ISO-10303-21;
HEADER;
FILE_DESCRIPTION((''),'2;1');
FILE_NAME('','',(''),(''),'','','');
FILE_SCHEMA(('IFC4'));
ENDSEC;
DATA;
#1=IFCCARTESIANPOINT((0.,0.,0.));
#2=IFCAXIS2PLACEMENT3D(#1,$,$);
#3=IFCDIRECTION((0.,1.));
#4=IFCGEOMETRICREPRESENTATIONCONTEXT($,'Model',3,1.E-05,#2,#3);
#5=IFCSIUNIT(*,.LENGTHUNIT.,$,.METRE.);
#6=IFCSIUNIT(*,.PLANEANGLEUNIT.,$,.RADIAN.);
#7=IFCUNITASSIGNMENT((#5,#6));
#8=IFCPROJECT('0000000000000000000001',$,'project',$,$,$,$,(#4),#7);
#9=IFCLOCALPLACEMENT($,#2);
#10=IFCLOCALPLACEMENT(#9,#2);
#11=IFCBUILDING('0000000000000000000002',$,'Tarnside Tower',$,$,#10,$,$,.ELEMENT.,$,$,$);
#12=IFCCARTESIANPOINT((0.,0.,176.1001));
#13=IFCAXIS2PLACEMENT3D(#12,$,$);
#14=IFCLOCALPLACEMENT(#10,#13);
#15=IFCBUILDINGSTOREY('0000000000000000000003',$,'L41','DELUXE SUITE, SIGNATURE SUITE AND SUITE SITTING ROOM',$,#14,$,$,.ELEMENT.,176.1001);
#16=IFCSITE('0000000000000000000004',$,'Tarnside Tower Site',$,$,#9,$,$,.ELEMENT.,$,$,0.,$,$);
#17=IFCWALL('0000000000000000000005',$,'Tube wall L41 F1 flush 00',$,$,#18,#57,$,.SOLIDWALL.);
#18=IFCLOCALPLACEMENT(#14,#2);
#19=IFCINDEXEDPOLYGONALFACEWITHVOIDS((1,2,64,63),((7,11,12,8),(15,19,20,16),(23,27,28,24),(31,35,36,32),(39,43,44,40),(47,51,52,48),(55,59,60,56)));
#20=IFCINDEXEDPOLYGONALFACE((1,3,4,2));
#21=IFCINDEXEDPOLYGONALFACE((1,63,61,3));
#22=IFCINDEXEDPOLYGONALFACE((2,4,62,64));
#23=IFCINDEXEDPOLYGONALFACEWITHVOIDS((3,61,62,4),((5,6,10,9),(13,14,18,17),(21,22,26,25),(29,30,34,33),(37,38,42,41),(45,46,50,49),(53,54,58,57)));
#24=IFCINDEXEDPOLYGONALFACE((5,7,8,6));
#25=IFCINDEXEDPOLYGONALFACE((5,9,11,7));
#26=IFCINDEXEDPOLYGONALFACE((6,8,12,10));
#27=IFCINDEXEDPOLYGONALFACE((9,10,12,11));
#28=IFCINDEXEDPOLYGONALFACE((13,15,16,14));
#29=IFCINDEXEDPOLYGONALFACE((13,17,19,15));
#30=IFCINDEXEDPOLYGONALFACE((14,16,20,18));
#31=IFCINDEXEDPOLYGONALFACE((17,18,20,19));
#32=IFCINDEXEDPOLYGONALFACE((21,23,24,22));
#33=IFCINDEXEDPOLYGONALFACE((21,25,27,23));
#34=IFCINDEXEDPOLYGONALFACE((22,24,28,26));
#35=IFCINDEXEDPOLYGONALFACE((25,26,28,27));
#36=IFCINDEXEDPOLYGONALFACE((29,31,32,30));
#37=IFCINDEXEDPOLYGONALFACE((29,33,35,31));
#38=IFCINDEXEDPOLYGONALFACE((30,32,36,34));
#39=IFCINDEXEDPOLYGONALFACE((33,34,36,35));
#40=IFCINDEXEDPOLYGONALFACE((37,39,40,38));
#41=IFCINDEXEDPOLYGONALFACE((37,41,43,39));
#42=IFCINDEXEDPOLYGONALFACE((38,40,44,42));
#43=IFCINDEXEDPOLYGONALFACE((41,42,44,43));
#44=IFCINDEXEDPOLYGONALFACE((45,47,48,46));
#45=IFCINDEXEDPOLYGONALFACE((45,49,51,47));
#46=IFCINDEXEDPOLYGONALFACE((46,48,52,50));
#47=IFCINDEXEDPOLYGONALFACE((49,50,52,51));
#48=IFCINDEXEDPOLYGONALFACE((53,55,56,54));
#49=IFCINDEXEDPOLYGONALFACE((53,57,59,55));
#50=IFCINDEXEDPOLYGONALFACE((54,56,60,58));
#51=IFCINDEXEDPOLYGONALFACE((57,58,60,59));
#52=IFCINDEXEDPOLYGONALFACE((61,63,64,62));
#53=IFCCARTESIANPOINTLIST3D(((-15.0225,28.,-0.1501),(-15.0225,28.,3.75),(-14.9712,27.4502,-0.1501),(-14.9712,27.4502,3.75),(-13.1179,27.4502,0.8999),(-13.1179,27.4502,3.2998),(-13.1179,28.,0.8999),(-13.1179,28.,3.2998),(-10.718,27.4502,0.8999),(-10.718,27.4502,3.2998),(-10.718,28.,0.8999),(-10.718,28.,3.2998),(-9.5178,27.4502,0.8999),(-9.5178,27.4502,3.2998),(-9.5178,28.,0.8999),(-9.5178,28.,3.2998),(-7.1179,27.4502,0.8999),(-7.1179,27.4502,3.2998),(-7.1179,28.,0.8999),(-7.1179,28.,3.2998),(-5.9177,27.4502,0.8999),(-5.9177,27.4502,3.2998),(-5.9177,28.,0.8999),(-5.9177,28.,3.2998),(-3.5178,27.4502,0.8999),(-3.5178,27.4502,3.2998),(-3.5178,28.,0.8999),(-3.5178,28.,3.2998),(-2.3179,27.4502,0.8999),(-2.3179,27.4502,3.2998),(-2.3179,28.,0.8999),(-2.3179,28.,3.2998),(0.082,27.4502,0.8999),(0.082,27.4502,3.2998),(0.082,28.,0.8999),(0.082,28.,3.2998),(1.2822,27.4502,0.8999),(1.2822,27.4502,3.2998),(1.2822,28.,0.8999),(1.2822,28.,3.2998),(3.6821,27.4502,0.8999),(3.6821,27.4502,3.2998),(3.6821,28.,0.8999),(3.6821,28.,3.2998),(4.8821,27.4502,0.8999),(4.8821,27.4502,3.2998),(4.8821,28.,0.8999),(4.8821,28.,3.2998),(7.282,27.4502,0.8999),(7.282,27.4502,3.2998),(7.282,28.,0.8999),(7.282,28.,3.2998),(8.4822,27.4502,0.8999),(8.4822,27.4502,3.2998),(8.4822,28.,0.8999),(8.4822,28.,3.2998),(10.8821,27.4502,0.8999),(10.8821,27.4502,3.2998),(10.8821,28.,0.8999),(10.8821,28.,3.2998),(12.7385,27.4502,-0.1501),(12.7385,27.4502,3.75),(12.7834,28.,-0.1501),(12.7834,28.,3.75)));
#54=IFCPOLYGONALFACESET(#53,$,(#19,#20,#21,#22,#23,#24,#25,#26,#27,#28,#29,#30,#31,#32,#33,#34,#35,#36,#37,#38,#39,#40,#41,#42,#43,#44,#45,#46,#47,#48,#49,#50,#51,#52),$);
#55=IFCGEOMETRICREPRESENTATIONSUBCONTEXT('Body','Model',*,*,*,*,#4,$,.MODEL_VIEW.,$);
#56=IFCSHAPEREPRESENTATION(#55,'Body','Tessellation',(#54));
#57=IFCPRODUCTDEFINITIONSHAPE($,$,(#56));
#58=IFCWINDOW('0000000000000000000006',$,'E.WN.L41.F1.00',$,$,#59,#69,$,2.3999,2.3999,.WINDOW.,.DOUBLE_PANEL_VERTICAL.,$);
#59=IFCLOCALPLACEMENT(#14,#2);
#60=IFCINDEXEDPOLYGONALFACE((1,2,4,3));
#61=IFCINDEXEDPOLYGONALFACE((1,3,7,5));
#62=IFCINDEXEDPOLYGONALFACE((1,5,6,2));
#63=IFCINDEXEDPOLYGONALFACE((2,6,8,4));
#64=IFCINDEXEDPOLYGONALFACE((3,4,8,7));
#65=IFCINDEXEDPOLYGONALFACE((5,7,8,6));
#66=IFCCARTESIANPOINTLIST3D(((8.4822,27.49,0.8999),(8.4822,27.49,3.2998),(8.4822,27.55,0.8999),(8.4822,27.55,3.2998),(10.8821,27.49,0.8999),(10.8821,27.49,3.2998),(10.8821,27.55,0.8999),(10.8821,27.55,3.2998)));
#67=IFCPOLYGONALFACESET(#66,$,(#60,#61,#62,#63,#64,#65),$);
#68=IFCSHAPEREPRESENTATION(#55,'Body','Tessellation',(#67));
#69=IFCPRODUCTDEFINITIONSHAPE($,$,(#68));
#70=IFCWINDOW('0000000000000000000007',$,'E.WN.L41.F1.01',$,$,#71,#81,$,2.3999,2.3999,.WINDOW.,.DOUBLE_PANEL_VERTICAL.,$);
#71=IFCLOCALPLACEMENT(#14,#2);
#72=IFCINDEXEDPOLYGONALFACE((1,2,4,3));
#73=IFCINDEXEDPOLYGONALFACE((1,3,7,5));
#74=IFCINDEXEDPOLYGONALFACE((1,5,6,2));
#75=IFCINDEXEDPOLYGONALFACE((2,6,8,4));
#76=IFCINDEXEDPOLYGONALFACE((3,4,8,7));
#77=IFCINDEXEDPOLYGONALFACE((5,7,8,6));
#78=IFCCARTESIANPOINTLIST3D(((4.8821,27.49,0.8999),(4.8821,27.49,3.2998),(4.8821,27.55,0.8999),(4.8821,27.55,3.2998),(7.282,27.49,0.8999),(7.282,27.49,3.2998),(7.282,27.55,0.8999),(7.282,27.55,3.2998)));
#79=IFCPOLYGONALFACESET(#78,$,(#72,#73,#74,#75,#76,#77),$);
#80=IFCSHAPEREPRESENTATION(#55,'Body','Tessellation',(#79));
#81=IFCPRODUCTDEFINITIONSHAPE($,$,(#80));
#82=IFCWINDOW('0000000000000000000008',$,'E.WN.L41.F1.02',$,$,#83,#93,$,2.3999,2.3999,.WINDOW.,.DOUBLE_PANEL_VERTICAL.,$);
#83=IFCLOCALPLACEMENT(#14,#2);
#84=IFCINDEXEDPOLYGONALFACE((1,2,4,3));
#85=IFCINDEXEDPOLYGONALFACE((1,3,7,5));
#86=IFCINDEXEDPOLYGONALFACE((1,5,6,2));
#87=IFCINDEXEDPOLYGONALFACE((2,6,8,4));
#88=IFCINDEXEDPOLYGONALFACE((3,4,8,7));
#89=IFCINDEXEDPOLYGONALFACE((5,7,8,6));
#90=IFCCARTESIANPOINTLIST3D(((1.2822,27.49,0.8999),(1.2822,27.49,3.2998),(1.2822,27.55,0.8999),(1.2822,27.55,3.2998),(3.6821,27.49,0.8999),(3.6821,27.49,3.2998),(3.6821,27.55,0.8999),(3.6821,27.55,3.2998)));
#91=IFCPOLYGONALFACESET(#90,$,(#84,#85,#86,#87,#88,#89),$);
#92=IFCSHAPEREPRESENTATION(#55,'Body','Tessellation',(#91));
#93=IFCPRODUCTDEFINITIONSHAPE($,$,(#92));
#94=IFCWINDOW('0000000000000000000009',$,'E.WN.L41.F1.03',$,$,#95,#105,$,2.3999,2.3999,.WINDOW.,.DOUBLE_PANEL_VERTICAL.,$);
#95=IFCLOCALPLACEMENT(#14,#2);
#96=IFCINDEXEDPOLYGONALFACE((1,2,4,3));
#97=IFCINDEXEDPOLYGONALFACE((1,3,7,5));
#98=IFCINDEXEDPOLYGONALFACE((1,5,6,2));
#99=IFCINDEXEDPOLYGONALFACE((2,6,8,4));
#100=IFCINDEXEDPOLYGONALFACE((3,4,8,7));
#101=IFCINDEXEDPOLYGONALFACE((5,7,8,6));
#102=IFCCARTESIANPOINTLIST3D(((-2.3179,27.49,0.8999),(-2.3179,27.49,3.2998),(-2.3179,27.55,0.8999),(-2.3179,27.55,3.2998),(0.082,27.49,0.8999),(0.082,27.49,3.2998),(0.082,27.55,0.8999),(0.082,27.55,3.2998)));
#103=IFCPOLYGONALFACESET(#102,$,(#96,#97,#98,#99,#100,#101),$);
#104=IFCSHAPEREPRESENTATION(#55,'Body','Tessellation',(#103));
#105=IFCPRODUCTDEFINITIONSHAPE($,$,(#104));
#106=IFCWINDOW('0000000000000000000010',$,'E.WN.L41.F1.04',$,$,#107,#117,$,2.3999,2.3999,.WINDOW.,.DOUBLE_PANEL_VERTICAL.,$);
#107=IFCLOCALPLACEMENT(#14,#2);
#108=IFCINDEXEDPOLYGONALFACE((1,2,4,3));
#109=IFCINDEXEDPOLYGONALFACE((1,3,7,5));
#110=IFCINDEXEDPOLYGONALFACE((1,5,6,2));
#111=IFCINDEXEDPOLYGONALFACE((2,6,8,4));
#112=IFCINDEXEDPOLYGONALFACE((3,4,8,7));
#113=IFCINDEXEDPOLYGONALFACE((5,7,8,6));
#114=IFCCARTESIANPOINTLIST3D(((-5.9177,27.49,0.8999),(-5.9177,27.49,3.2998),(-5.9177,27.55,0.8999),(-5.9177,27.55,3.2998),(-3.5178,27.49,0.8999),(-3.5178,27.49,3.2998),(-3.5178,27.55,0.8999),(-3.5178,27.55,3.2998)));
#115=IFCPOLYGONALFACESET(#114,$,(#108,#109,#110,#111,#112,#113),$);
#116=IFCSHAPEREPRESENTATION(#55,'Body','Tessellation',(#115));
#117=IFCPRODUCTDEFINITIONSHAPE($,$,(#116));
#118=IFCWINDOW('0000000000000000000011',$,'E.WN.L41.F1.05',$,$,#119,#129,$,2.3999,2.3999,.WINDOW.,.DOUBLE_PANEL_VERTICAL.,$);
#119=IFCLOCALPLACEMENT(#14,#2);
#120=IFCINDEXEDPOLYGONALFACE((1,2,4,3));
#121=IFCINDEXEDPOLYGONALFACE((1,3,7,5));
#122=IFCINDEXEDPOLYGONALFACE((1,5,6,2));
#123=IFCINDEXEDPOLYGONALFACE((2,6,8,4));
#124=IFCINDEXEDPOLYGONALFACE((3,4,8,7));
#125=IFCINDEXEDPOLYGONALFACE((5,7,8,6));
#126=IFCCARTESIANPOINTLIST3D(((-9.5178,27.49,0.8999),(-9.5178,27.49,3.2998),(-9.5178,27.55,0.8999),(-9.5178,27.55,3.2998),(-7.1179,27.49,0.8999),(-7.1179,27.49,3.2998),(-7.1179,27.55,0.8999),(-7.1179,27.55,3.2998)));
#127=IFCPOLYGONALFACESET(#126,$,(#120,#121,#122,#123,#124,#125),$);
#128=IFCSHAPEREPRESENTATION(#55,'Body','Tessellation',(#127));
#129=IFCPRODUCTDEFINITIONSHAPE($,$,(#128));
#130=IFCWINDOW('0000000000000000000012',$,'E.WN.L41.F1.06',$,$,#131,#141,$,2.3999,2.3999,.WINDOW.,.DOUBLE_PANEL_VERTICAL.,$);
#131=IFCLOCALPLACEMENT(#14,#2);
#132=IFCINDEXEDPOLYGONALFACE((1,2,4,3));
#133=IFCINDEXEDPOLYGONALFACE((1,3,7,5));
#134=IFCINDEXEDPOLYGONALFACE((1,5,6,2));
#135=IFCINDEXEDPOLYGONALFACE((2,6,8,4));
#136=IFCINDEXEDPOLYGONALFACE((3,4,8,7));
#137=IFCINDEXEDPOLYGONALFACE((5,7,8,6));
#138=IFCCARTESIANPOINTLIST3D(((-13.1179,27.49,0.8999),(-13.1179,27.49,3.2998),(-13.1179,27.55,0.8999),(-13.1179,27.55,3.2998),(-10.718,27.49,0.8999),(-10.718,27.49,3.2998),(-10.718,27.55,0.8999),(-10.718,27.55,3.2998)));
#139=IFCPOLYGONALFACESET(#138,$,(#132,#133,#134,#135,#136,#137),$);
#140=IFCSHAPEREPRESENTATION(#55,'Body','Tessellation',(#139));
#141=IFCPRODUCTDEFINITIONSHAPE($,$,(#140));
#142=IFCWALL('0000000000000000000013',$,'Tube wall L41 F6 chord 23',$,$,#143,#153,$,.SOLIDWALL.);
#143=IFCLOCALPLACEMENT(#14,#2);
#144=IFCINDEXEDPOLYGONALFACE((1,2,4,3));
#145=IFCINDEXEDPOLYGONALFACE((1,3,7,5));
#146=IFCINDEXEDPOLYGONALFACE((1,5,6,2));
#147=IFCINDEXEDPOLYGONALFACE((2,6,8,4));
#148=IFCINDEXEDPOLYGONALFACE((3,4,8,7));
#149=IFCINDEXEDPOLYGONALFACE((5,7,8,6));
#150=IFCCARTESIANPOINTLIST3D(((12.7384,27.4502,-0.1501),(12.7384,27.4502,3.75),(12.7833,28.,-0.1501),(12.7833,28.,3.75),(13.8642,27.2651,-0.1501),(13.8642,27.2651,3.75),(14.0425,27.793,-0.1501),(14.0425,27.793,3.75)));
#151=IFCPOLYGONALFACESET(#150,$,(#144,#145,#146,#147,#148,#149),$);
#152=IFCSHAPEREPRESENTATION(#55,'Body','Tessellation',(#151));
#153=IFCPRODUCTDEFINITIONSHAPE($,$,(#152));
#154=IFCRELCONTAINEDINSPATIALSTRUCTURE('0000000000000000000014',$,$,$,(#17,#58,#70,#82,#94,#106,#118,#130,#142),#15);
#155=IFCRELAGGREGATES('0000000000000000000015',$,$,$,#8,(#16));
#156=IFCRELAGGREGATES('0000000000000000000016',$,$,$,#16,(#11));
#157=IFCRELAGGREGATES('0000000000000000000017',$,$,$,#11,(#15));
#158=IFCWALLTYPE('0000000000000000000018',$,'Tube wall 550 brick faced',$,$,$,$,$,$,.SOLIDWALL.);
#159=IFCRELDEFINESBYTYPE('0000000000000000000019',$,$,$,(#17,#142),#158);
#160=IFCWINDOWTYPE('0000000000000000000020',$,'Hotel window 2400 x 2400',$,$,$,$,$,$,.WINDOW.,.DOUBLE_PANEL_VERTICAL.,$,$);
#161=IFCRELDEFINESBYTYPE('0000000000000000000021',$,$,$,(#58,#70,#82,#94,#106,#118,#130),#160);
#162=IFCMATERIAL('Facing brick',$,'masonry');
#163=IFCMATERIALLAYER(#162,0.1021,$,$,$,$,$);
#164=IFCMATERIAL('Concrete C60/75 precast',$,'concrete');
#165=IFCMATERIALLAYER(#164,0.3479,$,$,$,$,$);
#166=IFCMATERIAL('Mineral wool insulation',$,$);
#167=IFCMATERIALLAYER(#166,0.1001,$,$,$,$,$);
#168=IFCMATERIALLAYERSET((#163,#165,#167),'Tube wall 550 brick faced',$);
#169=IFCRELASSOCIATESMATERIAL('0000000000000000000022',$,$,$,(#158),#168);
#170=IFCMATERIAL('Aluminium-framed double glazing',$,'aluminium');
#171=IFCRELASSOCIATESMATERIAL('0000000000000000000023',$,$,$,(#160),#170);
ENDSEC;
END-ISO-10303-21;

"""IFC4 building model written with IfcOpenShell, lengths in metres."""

from ifc_helpers import new_model, si_unit, direction, frame, frame_2d, origin, place, context, subcontext, project, spatial, polyline, rectangle, outline, extrude, material, layer, layer_set, type_object, element, fill, save


model = new_model("IFC4")

# Units and contexts
model_context = context("Model", 3, precision=1e-05, world=origin(), true_north=direction((0.0, 1.0)))
body_context = subcontext(model_context, "Body", "Model", "MODEL_VIEW")
ifc_project = project(units=[si_unit("LENGTHUNIT", "METRE"), si_unit("PLANEANGLEUNIT", "RADIAN")], contexts=[model_context])

# Site, building, storey
site_placement = place(None, origin())
site = spatial("IfcSite", under=ifc_project, at=site_placement, Name="Tarnside Tower Site", CompositionType="ELEMENT", RefElevation=0.0)
building_placement = place(site_placement, origin())
building = spatial("IfcBuilding", under=site, at=building_placement, Name="Tarnside Tower", CompositionType="ELEMENT")
storey_placement = place(building_placement, frame((0.0, 0.0, 176.1001)))
storey = spatial("IfcBuildingStorey", under=building, at=storey_placement, Name="L41", Description="DELUXE SUITE, SIGNATURE SUITE AND SUITE SITTING ROOM", CompositionType="ELEMENT", Elevation=176.1001)

# Wall, openings, windows
ifc_material_1 = material(Name="Facing brick", Category="masonry")
ifc_layer_1 = layer(ifc_material_1, 0.1021)
ifc_material_2 = material(Name="Concrete C60/75 precast", Category="concrete")
ifc_layer_2 = layer(ifc_material_2, 0.3479)
ifc_material_3 = material(Name="Mineral wool insulation")
ifc_layer_3 = layer(ifc_material_3, 0.1001)
ifc_layer_set_1 = layer_set([ifc_layer_1, ifc_layer_2, ifc_layer_3], Name="Tube wall 550 brick faced")
wall_type_1 = type_object("IfcWallType", Name="Tube wall 550 brick faced", PredefinedType="SOLIDWALL", material=ifc_layer_set_1)
wall_1_placement = place(storey_placement, frame((12.761, 27.7251, -0.1501), z_axis=(0.0, 0.0, 1.0), x_axis=(-1.0, 0.0, 0.0)))
wall_1 = element("IfcWall", 1, at=wall_1_placement, inside=storey, type_object=wall_type_1, Name="Tube wall L41 F1 flush 00", PredefinedType="SOLIDWALL", context=body_context, shape_type="SweptSolid", body=[
    extrude(outline(polyline([(-0.0225, -0.2749), (27.7834, -0.2749), (27.7322, 0.2749), (0.0225, 0.2749), (-0.0225, -0.2749)])), origin(), (0.0, 0.0, 1.0), 3.9001),
])
opening_1_placement = place(wall_1_placement, frame((1.8789, 0.0, 1.05)))
opening_1 = element("IfcOpeningElement", 2, at=opening_1_placement, cuts=wall_1, PredefinedType="OPENING", context=body_context, shape_type="SweptSolid", body=[
    extrude(rectangle(XDim=2.3999, YDim=2.3999, at=frame_2d((1.2, 1.2))), frame((0.0, 0.2852, 0.0), z_axis=(0.0, -1.0, 0.0), x_axis=(1.0, 0.0, 0.0)), (0.0, 0.0, 1.0), 0.5701),
])
opening_2_placement = place(wall_1_placement, frame((5.479, 0.0, 1.05)))
opening_2 = element("IfcOpeningElement", 3, at=opening_2_placement, cuts=wall_1, PredefinedType="OPENING", context=body_context, shape_type="SweptSolid", body=[
    extrude(rectangle(XDim=2.3999, YDim=2.3999, at=frame_2d((1.2, 1.2))), frame((0.0, 0.2852, 0.0), z_axis=(0.0, -1.0, 0.0), x_axis=(1.0, 0.0, 0.0)), (0.0, 0.0, 1.0), 0.5701),
])
opening_3_placement = place(wall_1_placement, frame((9.0789, 0.0, 1.05)))
opening_3 = element("IfcOpeningElement", 4, at=opening_3_placement, cuts=wall_1, PredefinedType="OPENING", context=body_context, shape_type="SweptSolid", body=[
    extrude(rectangle(XDim=2.3999, YDim=2.3999, at=frame_2d((1.2, 1.2))), frame((0.0, 0.2852, 0.0), z_axis=(0.0, -1.0, 0.0), x_axis=(1.0, 0.0, 0.0)), (0.0, 0.0, 1.0), 0.5701),
])
opening_4_placement = place(wall_1_placement, frame((12.679, 0.0, 1.05)))
opening_4 = element("IfcOpeningElement", 5, at=opening_4_placement, cuts=wall_1, PredefinedType="OPENING", context=body_context, shape_type="SweptSolid", body=[
    extrude(rectangle(XDim=2.3999, YDim=2.3999, at=frame_2d((1.2, 1.2))), frame((0.0, 0.2852, 0.0), z_axis=(0.0, -1.0, 0.0), x_axis=(1.0, 0.0, 0.0)), (0.0, 0.0, 1.0), 0.5701),
])
opening_5_placement = place(wall_1_placement, frame((16.2788, 0.0, 1.05)))
opening_5 = element("IfcOpeningElement", 6, at=opening_5_placement, cuts=wall_1, PredefinedType="OPENING", context=body_context, shape_type="SweptSolid", body=[
    extrude(rectangle(XDim=2.3999, YDim=2.3999, at=frame_2d((1.2, 1.2))), frame((0.0, 0.2852, 0.0), z_axis=(0.0, -1.0, 0.0), x_axis=(1.0, 0.0, 0.0)), (0.0, 0.0, 1.0), 0.5701),
])
opening_6_placement = place(wall_1_placement, frame((19.8789, 0.0, 1.05)))
opening_6 = element("IfcOpeningElement", 7, at=opening_6_placement, cuts=wall_1, PredefinedType="OPENING", context=body_context, shape_type="SweptSolid", body=[
    extrude(rectangle(XDim=2.3999, YDim=2.3999, at=frame_2d((1.2, 1.2))), frame((0.0, 0.2852, 0.0), z_axis=(0.0, -1.0, 0.0), x_axis=(1.0, 0.0, 0.0)), (0.0, 0.0, 1.0), 0.5701),
])
opening_7_placement = place(wall_1_placement, frame((23.479, 0.0, 1.05)))
opening_7 = element("IfcOpeningElement", 8, at=opening_7_placement, cuts=wall_1, PredefinedType="OPENING", context=body_context, shape_type="SweptSolid", body=[
    extrude(rectangle(XDim=2.3999, YDim=2.3999, at=frame_2d((1.2, 1.2))), frame((0.0, 0.2852, 0.0), z_axis=(0.0, -1.0, 0.0), x_axis=(1.0, 0.0, 0.0)), (0.0, 0.0, 1.0), 0.5701),
])
ifc_material_4 = material(Name="Aluminium-framed double glazing", Category="aluminium")
window_type = type_object("IfcWindowType", Name="Hotel window 2400 x 2400", PartitioningType="DOUBLE_PANEL_VERTICAL", PredefinedType="WINDOW", material=ifc_material_4)
window_1_placement = place(opening_1_placement, frame((0.0, 0.2051, 0.0)))
window_1 = element("IfcWindow", 9, at=window_1_placement, inside=storey, type_object=window_type, Name="E.WN.L41.F1.00", OverallHeight=2.3999, OverallWidth=2.3999, PartitioningType="DOUBLE_PANEL_VERTICAL", PredefinedType="WINDOW", context=body_context, shape_type="SweptSolid", body=[
    extrude(rectangle(XDim=2.3999, YDim=2.3999, at=frame_2d((1.2, 1.2))), frame((0.0, 0.03, 0.0), z_axis=(0.0, -1.0, 0.0), x_axis=(1.0, 0.0, 0.0)), (0.0, 0.0, 1.0), 0.0601),
])
fill(opening_1, window_1)
window_2_placement = place(opening_2_placement, frame((0.0, 0.2051, 0.0)))
window_2 = element("IfcWindow", 10, at=window_2_placement, inside=storey, type_object=window_type, Name="E.WN.L41.F1.01", OverallHeight=2.3999, OverallWidth=2.3999, PartitioningType="DOUBLE_PANEL_VERTICAL", PredefinedType="WINDOW", context=body_context, shape_type="SweptSolid", body=[
    extrude(rectangle(XDim=2.3999, YDim=2.3999, at=frame_2d((1.2, 1.2))), frame((0.0, 0.03, 0.0), z_axis=(0.0, -1.0, 0.0), x_axis=(1.0, 0.0, 0.0)), (0.0, 0.0, 1.0), 0.0601),
])
fill(opening_2, window_2)
window_3_placement = place(opening_3_placement, frame((0.0, 0.2051, 0.0)))
window_3 = element("IfcWindow", 11, at=window_3_placement, inside=storey, type_object=window_type, Name="E.WN.L41.F1.02", OverallHeight=2.3999, OverallWidth=2.3999, PartitioningType="DOUBLE_PANEL_VERTICAL", PredefinedType="WINDOW", context=body_context, shape_type="SweptSolid", body=[
    extrude(rectangle(XDim=2.3999, YDim=2.3999, at=frame_2d((1.2, 1.2))), frame((0.0, 0.03, 0.0), z_axis=(0.0, -1.0, 0.0), x_axis=(1.0, 0.0, 0.0)), (0.0, 0.0, 1.0), 0.0601),
])
fill(opening_3, window_3)
window_4_placement = place(opening_4_placement, frame((0.0, 0.2051, 0.0)))
window_4 = element("IfcWindow", 12, at=window_4_placement, inside=storey, type_object=window_type, Name="E.WN.L41.F1.03", OverallHeight=2.3999, OverallWidth=2.3999, PartitioningType="DOUBLE_PANEL_VERTICAL", PredefinedType="WINDOW", context=body_context, shape_type="SweptSolid", body=[
    extrude(rectangle(XDim=2.3999, YDim=2.3999, at=frame_2d((1.2, 1.2))), frame((0.0, 0.03, 0.0), z_axis=(0.0, -1.0, 0.0), x_axis=(1.0, 0.0, 0.0)), (0.0, 0.0, 1.0), 0.0601),
])
fill(opening_4, window_4)
window_5_placement = place(opening_5_placement, frame((0.0, 0.2051, 0.0)))
window_5 = element("IfcWindow", 13, at=window_5_placement, inside=storey, type_object=window_type, Name="E.WN.L41.F1.04", OverallHeight=2.3999, OverallWidth=2.3999, PartitioningType="DOUBLE_PANEL_VERTICAL", PredefinedType="WINDOW", context=body_context, shape_type="SweptSolid", body=[
    extrude(rectangle(XDim=2.3999, YDim=2.3999, at=frame_2d((1.2, 1.2))), frame((0.0, 0.03, 0.0), z_axis=(0.0, -1.0, 0.0), x_axis=(1.0, 0.0, 0.0)), (0.0, 0.0, 1.0), 0.0601),
])
fill(opening_5, window_5)
window_6_placement = place(opening_6_placement, frame((0.0, 0.2051, 0.0)))
window_6 = element("IfcWindow", 14, at=window_6_placement, inside=storey, type_object=window_type, Name="E.WN.L41.F1.05", OverallHeight=2.3999, OverallWidth=2.3999, PartitioningType="DOUBLE_PANEL_VERTICAL", PredefinedType="WINDOW", context=body_context, shape_type="SweptSolid", body=[
    extrude(rectangle(XDim=2.3999, YDim=2.3999, at=frame_2d((1.2, 1.2))), frame((0.0, 0.03, 0.0), z_axis=(0.0, -1.0, 0.0), x_axis=(1.0, 0.0, 0.0)), (0.0, 0.0, 1.0), 0.0601),
])
fill(opening_6, window_6)
window_7_placement = place(opening_7_placement, frame((0.0, 0.2051, 0.0)))
window_7 = element("IfcWindow", 15, at=window_7_placement, inside=storey, type_object=window_type, Name="E.WN.L41.F1.06", OverallHeight=2.3999, OverallWidth=2.3999, PartitioningType="DOUBLE_PANEL_VERTICAL", PredefinedType="WINDOW", context=body_context, shape_type="SweptSolid", body=[
    extrude(rectangle(XDim=2.3999, YDim=2.3999, at=frame_2d((1.2, 1.2))), frame((0.0, 0.03, 0.0), z_axis=(0.0, -1.0, 0.0), x_axis=(1.0, 0.0, 0.0)), (0.0, 0.0, 1.0), 0.0601),
])
fill(opening_7, window_7)

# Wall
wall_2_placement = place(storey_placement, frame((13.9534, 27.5291, -0.1501), z_axis=(0.0, 0.0, 1.0), x_axis=(-0.986752, 0.162236, 0.0)))
element("IfcWall", 16, at=wall_2_placement, inside=storey, type_object=wall_type_1, Name="Tube wall L41 F6 chord 23", PredefinedType="SOLIDWALL", context=body_context, shape_type="SweptSolid", body=[
    extrude(outline(polyline([(-0.0452, -0.2749), (1.231, -0.2749), (1.186, 0.2749), (0.0452, 0.2749), (-0.0452, -0.2749)])), origin(), (0.0, 0.0, 1.0), 3.9001),
])

save(model, "model.ifc")
